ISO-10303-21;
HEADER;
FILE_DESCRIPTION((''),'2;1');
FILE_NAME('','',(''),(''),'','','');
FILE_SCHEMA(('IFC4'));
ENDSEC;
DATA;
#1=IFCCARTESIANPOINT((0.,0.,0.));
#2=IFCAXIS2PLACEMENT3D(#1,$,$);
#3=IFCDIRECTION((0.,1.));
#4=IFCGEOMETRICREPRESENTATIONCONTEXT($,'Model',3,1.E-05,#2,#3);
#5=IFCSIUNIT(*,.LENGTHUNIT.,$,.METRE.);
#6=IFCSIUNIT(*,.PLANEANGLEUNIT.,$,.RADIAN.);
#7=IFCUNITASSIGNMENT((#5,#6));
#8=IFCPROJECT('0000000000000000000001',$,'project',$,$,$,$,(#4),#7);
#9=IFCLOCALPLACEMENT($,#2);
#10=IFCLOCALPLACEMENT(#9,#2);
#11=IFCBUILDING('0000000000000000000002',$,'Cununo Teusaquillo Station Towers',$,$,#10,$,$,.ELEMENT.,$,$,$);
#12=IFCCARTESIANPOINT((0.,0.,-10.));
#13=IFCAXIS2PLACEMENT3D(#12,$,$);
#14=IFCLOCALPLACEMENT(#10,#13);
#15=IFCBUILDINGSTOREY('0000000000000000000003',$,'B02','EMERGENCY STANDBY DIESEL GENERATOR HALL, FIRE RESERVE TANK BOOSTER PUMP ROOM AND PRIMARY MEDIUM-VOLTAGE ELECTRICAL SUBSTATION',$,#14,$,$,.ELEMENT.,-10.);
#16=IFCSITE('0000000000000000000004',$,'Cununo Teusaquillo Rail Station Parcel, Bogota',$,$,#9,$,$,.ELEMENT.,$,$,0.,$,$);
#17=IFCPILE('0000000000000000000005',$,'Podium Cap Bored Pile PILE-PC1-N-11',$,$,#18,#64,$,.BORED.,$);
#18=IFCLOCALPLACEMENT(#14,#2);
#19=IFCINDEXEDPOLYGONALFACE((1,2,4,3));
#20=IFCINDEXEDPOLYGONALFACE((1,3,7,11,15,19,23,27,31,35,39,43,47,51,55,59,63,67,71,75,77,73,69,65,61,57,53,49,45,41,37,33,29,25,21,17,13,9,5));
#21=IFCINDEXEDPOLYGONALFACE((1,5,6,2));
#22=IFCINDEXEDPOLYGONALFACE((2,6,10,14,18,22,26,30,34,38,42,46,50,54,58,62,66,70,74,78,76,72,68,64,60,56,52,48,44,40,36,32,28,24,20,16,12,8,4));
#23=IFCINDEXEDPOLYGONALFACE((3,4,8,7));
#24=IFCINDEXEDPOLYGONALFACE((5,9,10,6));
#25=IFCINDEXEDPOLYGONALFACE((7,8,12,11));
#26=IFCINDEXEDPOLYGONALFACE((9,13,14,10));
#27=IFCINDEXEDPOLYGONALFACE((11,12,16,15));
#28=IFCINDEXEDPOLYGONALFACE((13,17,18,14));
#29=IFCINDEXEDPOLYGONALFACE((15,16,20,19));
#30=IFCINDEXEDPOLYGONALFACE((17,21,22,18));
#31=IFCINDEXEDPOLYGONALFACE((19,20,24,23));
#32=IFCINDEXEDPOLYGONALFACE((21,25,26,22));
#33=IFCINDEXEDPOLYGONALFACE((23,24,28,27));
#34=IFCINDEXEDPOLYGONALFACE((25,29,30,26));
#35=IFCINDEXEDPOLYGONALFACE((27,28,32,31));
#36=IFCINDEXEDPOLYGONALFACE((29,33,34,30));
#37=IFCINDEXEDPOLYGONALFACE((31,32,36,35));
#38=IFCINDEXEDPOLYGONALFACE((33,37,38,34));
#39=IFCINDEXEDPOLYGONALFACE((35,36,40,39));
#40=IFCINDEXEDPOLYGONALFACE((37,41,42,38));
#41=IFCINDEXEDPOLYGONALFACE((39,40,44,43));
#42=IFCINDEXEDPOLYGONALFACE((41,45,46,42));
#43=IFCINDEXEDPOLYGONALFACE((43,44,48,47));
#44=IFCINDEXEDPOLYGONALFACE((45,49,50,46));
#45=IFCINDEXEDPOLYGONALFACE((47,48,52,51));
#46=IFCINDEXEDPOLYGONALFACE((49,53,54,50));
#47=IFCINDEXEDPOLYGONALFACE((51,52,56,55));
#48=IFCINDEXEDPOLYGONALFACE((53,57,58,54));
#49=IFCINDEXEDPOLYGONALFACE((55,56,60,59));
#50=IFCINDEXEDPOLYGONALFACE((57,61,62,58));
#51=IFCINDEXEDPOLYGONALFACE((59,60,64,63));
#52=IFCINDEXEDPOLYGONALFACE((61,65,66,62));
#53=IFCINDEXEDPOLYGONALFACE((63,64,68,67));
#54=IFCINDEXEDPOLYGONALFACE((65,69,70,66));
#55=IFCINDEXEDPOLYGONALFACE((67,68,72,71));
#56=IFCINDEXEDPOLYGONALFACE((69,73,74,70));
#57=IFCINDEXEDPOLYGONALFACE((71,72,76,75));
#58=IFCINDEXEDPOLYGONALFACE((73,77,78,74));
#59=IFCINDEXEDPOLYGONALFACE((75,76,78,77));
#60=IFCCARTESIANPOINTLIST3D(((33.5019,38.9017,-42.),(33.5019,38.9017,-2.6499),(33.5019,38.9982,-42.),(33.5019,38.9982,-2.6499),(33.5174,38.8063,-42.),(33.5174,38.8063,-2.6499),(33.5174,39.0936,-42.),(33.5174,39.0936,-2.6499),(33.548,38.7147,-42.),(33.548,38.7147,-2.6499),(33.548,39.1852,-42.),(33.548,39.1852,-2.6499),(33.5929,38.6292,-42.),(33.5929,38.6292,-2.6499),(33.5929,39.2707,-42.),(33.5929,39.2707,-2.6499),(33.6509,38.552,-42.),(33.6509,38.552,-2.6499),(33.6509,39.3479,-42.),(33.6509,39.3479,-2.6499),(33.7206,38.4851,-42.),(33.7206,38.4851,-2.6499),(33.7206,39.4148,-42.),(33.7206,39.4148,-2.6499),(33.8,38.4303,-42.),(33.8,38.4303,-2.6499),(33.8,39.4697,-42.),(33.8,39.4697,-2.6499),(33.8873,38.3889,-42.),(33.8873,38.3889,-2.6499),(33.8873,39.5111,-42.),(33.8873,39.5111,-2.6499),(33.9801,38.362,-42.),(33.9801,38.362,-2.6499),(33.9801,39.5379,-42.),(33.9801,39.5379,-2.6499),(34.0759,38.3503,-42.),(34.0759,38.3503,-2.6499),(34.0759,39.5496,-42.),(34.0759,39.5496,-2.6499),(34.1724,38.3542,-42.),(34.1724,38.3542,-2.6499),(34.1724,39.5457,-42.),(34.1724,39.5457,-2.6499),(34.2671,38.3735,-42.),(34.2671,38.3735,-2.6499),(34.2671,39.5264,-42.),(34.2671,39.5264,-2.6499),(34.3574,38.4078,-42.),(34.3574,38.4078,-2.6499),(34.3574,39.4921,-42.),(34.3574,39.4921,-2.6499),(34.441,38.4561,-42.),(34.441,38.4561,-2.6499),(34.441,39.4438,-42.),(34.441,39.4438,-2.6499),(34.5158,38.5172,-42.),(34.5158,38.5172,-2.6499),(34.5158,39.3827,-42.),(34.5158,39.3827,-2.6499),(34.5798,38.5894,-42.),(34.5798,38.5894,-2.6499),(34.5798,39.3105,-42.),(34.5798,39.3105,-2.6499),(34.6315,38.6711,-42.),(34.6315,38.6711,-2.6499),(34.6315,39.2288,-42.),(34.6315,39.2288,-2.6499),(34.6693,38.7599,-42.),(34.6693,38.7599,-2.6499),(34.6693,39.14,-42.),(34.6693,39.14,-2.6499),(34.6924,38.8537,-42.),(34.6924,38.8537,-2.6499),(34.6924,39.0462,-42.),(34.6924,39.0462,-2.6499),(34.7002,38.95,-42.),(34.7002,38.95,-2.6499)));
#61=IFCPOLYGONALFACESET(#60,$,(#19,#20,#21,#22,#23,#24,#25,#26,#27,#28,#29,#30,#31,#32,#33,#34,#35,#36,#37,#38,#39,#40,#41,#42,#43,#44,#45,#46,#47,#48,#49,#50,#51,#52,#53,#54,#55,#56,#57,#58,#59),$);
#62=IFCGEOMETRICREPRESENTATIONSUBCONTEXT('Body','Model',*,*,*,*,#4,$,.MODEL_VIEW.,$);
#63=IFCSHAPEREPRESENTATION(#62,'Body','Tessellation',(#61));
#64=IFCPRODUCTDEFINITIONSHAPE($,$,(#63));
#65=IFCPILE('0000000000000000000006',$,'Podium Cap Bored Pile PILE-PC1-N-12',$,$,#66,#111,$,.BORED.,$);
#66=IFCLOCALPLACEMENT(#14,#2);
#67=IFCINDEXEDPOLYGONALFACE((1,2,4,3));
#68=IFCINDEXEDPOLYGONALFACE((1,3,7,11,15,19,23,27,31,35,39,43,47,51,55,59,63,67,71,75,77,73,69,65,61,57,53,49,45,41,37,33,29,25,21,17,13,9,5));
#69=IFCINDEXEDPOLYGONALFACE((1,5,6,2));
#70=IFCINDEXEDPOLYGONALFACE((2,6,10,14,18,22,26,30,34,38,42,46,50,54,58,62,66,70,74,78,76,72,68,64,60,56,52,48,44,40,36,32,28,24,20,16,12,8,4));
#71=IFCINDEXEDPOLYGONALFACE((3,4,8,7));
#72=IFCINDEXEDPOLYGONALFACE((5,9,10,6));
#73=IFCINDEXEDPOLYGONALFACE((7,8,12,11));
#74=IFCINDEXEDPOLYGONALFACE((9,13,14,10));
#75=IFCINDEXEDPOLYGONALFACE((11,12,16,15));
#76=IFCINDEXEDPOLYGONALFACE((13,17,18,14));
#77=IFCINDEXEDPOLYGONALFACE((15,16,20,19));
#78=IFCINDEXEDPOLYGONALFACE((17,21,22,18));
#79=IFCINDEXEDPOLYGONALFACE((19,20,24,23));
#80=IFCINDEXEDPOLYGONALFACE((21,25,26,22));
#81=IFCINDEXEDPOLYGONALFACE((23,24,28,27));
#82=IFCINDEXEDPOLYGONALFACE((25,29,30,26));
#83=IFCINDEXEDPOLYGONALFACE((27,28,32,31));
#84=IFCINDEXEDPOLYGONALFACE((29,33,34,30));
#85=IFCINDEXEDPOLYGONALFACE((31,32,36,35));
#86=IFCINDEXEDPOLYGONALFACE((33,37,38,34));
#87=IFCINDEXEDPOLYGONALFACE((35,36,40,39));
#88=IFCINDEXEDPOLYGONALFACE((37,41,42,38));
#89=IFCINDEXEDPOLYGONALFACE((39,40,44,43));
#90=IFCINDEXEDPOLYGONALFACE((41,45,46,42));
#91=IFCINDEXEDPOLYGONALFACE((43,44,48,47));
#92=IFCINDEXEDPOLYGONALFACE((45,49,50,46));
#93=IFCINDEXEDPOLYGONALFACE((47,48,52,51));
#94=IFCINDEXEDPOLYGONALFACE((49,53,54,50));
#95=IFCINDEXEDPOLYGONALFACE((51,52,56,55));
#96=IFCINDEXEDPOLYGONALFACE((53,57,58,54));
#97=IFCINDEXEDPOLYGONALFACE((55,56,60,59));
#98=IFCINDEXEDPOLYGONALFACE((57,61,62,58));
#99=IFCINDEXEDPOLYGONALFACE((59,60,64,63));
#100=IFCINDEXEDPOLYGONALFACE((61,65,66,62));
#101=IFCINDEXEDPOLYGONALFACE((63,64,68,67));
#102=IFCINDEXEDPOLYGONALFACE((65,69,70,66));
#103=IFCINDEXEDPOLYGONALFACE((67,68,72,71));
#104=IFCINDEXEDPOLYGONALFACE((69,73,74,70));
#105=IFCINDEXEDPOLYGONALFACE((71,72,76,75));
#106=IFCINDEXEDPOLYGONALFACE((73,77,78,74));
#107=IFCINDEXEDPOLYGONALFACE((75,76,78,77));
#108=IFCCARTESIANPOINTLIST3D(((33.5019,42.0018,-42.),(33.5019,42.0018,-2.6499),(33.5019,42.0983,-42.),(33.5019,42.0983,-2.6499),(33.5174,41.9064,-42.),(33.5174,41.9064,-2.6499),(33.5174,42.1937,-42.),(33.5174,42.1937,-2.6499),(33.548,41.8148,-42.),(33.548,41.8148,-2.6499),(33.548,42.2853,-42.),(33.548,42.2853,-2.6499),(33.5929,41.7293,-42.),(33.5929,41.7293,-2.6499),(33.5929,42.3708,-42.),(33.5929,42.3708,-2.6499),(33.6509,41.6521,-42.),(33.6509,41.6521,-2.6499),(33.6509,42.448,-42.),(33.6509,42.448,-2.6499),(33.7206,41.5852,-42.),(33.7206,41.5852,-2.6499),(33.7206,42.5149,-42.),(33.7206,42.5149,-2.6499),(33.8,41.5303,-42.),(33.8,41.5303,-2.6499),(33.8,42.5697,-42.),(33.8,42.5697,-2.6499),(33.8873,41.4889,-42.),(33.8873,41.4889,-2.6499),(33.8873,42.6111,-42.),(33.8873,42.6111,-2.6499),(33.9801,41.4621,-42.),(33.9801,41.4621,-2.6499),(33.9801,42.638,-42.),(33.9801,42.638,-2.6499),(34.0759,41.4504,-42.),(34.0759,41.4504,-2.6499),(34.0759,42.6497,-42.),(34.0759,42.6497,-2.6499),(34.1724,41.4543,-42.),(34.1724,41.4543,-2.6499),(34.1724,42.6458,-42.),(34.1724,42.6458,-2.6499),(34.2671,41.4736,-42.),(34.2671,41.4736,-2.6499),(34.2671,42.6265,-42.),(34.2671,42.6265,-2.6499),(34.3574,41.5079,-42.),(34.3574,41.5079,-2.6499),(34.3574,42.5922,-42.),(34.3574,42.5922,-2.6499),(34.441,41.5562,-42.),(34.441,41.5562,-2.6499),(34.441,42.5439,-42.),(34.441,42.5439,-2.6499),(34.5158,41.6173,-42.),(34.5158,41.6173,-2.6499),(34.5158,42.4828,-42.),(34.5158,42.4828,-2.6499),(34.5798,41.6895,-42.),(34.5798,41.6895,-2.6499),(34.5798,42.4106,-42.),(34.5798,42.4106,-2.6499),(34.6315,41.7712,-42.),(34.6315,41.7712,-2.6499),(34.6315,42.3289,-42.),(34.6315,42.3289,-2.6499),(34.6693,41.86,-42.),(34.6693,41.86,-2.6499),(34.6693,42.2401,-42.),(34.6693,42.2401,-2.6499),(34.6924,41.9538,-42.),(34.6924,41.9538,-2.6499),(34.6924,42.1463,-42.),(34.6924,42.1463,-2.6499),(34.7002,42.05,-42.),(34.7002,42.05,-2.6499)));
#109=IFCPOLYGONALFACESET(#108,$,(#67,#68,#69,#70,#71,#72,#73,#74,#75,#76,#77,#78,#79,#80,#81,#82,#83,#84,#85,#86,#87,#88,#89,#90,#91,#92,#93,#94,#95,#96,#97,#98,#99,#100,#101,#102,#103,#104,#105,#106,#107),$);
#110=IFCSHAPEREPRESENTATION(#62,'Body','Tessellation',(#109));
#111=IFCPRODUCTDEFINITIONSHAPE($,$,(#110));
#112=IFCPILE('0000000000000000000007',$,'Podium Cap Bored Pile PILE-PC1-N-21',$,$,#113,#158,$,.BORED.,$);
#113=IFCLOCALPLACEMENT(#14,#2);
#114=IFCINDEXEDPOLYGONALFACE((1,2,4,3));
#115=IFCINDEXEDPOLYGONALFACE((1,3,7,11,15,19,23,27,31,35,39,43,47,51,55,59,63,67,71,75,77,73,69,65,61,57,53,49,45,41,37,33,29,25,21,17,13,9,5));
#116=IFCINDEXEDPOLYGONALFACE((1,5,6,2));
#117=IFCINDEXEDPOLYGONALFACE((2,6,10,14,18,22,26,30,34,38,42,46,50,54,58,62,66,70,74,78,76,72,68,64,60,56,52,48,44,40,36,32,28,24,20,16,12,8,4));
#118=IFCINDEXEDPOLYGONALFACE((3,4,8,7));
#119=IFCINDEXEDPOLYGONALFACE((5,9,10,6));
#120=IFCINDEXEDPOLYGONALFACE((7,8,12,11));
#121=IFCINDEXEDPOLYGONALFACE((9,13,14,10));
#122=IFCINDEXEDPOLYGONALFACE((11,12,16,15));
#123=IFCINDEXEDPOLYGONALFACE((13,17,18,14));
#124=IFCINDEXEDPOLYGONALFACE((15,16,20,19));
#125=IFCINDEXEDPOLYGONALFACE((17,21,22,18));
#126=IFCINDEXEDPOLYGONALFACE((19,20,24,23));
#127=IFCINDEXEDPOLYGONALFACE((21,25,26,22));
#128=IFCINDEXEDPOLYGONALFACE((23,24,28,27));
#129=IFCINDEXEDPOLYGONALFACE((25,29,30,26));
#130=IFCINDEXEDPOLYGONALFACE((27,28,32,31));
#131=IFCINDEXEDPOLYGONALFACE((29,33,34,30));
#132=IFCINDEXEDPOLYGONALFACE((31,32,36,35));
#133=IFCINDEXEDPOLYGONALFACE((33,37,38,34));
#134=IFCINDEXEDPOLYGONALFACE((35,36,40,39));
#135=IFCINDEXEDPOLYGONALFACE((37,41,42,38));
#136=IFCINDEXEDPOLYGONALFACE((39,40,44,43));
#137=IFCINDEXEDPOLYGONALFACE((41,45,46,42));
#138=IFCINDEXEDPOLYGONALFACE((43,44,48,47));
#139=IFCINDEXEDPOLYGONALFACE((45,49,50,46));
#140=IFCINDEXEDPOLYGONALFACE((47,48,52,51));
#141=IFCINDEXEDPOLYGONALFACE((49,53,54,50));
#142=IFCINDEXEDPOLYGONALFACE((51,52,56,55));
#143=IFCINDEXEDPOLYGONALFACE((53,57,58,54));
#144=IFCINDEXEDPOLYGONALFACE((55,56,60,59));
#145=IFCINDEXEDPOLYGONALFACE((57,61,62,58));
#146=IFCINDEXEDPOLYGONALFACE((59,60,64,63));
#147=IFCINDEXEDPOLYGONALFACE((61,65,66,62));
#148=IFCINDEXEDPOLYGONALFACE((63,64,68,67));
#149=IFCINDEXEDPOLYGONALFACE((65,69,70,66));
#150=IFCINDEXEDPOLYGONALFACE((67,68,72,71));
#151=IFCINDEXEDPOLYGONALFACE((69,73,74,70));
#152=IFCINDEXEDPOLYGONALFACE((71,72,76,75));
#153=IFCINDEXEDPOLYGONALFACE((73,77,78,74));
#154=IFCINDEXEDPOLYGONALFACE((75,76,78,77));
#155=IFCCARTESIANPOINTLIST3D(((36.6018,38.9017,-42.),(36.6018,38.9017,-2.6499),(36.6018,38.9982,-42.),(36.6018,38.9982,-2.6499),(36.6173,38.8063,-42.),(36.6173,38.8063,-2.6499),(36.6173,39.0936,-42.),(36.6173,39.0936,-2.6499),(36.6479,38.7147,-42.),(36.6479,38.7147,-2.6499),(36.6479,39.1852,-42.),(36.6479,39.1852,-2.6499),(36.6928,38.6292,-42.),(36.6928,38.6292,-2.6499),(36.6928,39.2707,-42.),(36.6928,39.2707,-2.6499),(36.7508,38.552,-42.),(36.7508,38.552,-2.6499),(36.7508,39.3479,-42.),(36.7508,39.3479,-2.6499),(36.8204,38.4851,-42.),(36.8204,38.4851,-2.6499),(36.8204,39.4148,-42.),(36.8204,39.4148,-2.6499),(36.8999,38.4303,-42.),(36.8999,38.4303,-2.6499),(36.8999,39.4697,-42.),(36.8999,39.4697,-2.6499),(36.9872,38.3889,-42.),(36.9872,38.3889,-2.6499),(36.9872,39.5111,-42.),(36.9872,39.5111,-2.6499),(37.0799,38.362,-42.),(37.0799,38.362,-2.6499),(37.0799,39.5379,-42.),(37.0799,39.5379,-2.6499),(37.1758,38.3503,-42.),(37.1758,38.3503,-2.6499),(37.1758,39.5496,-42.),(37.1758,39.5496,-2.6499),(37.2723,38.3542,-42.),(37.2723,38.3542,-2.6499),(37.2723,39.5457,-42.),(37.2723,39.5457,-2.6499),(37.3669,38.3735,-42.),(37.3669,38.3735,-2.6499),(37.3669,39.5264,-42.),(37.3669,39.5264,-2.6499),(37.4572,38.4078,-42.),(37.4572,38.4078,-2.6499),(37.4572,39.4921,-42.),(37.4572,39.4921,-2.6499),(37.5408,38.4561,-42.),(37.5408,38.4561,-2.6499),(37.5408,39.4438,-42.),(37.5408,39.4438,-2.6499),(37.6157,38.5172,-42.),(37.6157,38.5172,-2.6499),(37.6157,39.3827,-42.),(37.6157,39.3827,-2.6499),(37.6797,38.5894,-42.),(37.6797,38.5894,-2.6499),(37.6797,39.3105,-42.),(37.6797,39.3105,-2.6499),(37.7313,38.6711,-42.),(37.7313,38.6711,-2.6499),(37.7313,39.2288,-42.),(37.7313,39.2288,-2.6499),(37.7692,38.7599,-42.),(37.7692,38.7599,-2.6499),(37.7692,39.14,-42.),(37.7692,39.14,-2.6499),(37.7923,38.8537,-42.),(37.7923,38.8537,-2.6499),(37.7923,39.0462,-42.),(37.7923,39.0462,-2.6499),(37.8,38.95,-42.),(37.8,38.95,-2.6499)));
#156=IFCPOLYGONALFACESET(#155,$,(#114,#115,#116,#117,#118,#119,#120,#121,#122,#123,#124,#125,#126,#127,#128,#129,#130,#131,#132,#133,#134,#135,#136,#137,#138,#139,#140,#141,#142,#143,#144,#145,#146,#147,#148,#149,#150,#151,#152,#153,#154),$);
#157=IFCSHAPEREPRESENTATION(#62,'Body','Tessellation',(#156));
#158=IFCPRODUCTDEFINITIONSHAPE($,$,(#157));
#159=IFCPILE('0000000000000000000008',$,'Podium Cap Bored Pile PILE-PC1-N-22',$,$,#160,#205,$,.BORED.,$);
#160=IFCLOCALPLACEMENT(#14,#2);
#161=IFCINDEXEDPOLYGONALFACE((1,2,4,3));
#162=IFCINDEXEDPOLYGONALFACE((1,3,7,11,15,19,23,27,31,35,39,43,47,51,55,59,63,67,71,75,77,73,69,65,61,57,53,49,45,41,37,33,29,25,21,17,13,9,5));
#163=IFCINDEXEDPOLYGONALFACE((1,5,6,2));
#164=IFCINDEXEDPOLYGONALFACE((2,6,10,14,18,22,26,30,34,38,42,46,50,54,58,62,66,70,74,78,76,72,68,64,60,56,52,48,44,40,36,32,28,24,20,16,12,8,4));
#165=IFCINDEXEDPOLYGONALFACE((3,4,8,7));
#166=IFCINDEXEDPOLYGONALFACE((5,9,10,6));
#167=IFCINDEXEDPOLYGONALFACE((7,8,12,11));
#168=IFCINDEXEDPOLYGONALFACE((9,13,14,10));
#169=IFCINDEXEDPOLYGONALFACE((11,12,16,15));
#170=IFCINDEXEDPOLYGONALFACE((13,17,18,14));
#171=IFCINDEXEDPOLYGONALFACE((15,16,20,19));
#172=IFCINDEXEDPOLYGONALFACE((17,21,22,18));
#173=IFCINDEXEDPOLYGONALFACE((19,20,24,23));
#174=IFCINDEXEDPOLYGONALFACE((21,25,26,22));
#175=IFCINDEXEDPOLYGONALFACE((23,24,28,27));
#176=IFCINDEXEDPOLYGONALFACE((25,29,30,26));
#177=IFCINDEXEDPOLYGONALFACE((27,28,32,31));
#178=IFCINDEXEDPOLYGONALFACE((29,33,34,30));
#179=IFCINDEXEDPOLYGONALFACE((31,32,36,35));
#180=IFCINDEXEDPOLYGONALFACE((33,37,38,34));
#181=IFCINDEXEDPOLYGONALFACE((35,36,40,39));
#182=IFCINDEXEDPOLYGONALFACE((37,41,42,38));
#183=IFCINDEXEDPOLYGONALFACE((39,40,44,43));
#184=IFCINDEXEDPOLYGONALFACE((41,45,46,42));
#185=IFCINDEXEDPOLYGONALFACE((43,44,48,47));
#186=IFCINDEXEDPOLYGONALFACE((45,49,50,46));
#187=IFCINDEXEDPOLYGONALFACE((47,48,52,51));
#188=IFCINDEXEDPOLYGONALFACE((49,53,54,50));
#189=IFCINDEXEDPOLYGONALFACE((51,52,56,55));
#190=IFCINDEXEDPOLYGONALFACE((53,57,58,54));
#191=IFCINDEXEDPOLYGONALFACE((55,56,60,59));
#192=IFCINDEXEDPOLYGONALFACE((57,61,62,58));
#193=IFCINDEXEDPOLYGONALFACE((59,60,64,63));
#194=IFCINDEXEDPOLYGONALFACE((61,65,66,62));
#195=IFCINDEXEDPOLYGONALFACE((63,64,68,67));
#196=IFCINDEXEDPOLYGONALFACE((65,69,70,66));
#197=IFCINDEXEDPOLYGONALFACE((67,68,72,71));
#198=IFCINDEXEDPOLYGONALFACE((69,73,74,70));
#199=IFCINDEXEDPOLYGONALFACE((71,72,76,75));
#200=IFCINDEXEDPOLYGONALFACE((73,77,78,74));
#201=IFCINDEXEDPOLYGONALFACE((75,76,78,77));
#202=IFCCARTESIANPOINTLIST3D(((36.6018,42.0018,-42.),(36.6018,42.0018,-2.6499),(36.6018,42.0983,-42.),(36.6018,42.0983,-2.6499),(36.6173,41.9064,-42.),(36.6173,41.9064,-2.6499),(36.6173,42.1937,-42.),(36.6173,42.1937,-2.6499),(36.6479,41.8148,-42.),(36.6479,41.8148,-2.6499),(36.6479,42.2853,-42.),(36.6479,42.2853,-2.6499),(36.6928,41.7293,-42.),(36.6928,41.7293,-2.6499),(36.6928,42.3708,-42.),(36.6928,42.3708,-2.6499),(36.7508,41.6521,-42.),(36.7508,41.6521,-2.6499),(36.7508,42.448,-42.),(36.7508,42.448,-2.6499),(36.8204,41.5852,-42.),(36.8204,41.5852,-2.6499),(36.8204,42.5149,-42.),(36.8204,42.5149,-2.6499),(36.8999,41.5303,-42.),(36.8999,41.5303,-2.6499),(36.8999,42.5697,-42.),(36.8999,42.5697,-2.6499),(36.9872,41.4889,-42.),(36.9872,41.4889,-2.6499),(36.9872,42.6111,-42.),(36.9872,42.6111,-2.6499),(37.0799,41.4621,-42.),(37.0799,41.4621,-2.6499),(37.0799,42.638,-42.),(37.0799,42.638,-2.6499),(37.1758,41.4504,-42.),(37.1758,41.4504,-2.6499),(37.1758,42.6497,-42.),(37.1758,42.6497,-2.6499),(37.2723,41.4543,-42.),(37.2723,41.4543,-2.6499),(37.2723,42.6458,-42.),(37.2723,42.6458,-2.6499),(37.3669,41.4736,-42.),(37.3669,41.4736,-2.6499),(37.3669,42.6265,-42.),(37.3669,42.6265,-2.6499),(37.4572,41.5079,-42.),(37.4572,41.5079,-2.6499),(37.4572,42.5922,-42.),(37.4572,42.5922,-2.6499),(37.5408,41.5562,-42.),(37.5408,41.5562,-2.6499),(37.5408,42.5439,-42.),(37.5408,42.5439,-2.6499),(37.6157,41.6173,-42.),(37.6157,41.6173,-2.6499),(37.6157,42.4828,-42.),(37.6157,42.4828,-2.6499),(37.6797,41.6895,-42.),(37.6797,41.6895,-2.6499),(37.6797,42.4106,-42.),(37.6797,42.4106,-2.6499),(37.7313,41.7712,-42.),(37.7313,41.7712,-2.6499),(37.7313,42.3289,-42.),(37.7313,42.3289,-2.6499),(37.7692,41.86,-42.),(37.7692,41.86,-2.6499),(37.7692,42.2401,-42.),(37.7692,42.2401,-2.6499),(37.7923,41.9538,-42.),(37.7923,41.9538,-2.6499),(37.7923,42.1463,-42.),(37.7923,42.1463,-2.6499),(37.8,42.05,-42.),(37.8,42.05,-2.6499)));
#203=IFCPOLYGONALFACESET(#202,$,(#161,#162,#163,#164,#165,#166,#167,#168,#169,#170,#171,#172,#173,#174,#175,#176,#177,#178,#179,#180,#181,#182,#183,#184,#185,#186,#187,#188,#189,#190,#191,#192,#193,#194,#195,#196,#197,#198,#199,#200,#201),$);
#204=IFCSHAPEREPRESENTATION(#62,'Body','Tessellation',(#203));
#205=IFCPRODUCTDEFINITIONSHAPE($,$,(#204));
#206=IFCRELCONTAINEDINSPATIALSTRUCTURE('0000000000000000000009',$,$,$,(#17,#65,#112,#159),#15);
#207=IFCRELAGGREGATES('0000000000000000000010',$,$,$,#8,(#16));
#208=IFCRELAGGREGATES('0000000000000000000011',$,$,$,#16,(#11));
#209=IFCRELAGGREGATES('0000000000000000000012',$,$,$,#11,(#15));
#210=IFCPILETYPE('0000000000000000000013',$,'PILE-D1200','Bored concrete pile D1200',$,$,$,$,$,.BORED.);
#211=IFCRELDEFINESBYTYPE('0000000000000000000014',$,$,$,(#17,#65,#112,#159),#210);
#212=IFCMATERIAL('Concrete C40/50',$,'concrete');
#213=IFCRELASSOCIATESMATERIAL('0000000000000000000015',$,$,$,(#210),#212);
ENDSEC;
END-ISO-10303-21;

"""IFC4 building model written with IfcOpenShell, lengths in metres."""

from ifc_helpers import new_model, si_unit, direction, frame, origin, origin_2d, place, context, subcontext, project, spatial, circle, extrude, material, material_profile, profile_set, type_object, element, save


model = new_model("IFC4")

# Units and contexts
model_context = context("Model", 3, precision=1e-05, world=origin(), true_north=direction((0.0, 1.0)))
body_context = subcontext(model_context, "Body", "Model", "MODEL_VIEW")
ifc_project = project(units=[si_unit("LENGTHUNIT", "METRE"), si_unit("PLANEANGLEUNIT", "RADIAN")], contexts=[model_context])

# Site, building, storey
site_placement = place(None, origin())
site = spatial("IfcSite", under=ifc_project, at=site_placement, Name="Cununo Teusaquillo Rail Station Parcel, Bogota", CompositionType="ELEMENT", RefElevation=0.0)
building_placement = place(site_placement, origin())
building = spatial("IfcBuilding", under=site, at=building_placement, Name="Cununo Teusaquillo Station Towers", CompositionType="ELEMENT")
storey_placement = place(building_placement, frame((0.0, 0.0, -10.0)))
storey = spatial("IfcBuildingStorey", under=building, at=storey_placement, Name="B02", Description="EMERGENCY STANDBY DIESEL GENERATOR HALL, FIRE RESERVE TANK BOOSTER PUMP ROOM AND PRIMARY MEDIUM-VOLTAGE ELECTRICAL SUBSTATION", CompositionType="ELEMENT", Elevation=-10.0)

# Piles
ifc_material_1 = material(Name="Concrete C40/50", Category="concrete")
ifc_material_profile_1 = material_profile(ifc_material_1, circle(Radius=0.6001, at=origin_2d()), Name="PILE-BORED-1200")
ifc_profile_set_1 = profile_set([ifc_material_profile_1], Name="Concrete C40/50")
pile_type = type_object("IfcPileType", Name="PILE-D1200", Description="Bored concrete pile D1200", PredefinedType="BORED", material=ifc_profile_set_1)
for number, where, z_axis, x_axis, name in (
    (1, (34.1001, 38.95, -2.6499), (0.0, 0.0, -1.0), (1.0, 0.0, 0.0), "Podium Cap Bored Pile PILE-PC1-N-11"),
    (2, (34.1001, 42.05, -2.6499), (0.0, 0.0, -1.0), (1.0, 0.0, 0.0), "Podium Cap Bored Pile PILE-PC1-N-12"),
    (3, (37.2, 38.95, -2.6499), (0.0, 0.0, -1.0), (1.0, 0.0, 0.0), "Podium Cap Bored Pile PILE-PC1-N-21"),
    (4, (37.2, 42.05, -2.6499), (0.0, 0.0, -1.0), (1.0, 0.0, 0.0), "Podium Cap Bored Pile PILE-PC1-N-22"),
):
    element("IfcPile", number, at=place(storey_placement, frame(where, z_axis=z_axis, x_axis=x_axis)), inside=storey, type_object=pile_type, Name=name, PredefinedType="BORED", context=body_context, shape_type="SweptSolid", body=[
        extrude(circle(Radius=0.6001, at=origin_2d()), origin(), (0.0, 0.0, 1.0), 39.3501),
    ])

save(model, "model.ifc")
